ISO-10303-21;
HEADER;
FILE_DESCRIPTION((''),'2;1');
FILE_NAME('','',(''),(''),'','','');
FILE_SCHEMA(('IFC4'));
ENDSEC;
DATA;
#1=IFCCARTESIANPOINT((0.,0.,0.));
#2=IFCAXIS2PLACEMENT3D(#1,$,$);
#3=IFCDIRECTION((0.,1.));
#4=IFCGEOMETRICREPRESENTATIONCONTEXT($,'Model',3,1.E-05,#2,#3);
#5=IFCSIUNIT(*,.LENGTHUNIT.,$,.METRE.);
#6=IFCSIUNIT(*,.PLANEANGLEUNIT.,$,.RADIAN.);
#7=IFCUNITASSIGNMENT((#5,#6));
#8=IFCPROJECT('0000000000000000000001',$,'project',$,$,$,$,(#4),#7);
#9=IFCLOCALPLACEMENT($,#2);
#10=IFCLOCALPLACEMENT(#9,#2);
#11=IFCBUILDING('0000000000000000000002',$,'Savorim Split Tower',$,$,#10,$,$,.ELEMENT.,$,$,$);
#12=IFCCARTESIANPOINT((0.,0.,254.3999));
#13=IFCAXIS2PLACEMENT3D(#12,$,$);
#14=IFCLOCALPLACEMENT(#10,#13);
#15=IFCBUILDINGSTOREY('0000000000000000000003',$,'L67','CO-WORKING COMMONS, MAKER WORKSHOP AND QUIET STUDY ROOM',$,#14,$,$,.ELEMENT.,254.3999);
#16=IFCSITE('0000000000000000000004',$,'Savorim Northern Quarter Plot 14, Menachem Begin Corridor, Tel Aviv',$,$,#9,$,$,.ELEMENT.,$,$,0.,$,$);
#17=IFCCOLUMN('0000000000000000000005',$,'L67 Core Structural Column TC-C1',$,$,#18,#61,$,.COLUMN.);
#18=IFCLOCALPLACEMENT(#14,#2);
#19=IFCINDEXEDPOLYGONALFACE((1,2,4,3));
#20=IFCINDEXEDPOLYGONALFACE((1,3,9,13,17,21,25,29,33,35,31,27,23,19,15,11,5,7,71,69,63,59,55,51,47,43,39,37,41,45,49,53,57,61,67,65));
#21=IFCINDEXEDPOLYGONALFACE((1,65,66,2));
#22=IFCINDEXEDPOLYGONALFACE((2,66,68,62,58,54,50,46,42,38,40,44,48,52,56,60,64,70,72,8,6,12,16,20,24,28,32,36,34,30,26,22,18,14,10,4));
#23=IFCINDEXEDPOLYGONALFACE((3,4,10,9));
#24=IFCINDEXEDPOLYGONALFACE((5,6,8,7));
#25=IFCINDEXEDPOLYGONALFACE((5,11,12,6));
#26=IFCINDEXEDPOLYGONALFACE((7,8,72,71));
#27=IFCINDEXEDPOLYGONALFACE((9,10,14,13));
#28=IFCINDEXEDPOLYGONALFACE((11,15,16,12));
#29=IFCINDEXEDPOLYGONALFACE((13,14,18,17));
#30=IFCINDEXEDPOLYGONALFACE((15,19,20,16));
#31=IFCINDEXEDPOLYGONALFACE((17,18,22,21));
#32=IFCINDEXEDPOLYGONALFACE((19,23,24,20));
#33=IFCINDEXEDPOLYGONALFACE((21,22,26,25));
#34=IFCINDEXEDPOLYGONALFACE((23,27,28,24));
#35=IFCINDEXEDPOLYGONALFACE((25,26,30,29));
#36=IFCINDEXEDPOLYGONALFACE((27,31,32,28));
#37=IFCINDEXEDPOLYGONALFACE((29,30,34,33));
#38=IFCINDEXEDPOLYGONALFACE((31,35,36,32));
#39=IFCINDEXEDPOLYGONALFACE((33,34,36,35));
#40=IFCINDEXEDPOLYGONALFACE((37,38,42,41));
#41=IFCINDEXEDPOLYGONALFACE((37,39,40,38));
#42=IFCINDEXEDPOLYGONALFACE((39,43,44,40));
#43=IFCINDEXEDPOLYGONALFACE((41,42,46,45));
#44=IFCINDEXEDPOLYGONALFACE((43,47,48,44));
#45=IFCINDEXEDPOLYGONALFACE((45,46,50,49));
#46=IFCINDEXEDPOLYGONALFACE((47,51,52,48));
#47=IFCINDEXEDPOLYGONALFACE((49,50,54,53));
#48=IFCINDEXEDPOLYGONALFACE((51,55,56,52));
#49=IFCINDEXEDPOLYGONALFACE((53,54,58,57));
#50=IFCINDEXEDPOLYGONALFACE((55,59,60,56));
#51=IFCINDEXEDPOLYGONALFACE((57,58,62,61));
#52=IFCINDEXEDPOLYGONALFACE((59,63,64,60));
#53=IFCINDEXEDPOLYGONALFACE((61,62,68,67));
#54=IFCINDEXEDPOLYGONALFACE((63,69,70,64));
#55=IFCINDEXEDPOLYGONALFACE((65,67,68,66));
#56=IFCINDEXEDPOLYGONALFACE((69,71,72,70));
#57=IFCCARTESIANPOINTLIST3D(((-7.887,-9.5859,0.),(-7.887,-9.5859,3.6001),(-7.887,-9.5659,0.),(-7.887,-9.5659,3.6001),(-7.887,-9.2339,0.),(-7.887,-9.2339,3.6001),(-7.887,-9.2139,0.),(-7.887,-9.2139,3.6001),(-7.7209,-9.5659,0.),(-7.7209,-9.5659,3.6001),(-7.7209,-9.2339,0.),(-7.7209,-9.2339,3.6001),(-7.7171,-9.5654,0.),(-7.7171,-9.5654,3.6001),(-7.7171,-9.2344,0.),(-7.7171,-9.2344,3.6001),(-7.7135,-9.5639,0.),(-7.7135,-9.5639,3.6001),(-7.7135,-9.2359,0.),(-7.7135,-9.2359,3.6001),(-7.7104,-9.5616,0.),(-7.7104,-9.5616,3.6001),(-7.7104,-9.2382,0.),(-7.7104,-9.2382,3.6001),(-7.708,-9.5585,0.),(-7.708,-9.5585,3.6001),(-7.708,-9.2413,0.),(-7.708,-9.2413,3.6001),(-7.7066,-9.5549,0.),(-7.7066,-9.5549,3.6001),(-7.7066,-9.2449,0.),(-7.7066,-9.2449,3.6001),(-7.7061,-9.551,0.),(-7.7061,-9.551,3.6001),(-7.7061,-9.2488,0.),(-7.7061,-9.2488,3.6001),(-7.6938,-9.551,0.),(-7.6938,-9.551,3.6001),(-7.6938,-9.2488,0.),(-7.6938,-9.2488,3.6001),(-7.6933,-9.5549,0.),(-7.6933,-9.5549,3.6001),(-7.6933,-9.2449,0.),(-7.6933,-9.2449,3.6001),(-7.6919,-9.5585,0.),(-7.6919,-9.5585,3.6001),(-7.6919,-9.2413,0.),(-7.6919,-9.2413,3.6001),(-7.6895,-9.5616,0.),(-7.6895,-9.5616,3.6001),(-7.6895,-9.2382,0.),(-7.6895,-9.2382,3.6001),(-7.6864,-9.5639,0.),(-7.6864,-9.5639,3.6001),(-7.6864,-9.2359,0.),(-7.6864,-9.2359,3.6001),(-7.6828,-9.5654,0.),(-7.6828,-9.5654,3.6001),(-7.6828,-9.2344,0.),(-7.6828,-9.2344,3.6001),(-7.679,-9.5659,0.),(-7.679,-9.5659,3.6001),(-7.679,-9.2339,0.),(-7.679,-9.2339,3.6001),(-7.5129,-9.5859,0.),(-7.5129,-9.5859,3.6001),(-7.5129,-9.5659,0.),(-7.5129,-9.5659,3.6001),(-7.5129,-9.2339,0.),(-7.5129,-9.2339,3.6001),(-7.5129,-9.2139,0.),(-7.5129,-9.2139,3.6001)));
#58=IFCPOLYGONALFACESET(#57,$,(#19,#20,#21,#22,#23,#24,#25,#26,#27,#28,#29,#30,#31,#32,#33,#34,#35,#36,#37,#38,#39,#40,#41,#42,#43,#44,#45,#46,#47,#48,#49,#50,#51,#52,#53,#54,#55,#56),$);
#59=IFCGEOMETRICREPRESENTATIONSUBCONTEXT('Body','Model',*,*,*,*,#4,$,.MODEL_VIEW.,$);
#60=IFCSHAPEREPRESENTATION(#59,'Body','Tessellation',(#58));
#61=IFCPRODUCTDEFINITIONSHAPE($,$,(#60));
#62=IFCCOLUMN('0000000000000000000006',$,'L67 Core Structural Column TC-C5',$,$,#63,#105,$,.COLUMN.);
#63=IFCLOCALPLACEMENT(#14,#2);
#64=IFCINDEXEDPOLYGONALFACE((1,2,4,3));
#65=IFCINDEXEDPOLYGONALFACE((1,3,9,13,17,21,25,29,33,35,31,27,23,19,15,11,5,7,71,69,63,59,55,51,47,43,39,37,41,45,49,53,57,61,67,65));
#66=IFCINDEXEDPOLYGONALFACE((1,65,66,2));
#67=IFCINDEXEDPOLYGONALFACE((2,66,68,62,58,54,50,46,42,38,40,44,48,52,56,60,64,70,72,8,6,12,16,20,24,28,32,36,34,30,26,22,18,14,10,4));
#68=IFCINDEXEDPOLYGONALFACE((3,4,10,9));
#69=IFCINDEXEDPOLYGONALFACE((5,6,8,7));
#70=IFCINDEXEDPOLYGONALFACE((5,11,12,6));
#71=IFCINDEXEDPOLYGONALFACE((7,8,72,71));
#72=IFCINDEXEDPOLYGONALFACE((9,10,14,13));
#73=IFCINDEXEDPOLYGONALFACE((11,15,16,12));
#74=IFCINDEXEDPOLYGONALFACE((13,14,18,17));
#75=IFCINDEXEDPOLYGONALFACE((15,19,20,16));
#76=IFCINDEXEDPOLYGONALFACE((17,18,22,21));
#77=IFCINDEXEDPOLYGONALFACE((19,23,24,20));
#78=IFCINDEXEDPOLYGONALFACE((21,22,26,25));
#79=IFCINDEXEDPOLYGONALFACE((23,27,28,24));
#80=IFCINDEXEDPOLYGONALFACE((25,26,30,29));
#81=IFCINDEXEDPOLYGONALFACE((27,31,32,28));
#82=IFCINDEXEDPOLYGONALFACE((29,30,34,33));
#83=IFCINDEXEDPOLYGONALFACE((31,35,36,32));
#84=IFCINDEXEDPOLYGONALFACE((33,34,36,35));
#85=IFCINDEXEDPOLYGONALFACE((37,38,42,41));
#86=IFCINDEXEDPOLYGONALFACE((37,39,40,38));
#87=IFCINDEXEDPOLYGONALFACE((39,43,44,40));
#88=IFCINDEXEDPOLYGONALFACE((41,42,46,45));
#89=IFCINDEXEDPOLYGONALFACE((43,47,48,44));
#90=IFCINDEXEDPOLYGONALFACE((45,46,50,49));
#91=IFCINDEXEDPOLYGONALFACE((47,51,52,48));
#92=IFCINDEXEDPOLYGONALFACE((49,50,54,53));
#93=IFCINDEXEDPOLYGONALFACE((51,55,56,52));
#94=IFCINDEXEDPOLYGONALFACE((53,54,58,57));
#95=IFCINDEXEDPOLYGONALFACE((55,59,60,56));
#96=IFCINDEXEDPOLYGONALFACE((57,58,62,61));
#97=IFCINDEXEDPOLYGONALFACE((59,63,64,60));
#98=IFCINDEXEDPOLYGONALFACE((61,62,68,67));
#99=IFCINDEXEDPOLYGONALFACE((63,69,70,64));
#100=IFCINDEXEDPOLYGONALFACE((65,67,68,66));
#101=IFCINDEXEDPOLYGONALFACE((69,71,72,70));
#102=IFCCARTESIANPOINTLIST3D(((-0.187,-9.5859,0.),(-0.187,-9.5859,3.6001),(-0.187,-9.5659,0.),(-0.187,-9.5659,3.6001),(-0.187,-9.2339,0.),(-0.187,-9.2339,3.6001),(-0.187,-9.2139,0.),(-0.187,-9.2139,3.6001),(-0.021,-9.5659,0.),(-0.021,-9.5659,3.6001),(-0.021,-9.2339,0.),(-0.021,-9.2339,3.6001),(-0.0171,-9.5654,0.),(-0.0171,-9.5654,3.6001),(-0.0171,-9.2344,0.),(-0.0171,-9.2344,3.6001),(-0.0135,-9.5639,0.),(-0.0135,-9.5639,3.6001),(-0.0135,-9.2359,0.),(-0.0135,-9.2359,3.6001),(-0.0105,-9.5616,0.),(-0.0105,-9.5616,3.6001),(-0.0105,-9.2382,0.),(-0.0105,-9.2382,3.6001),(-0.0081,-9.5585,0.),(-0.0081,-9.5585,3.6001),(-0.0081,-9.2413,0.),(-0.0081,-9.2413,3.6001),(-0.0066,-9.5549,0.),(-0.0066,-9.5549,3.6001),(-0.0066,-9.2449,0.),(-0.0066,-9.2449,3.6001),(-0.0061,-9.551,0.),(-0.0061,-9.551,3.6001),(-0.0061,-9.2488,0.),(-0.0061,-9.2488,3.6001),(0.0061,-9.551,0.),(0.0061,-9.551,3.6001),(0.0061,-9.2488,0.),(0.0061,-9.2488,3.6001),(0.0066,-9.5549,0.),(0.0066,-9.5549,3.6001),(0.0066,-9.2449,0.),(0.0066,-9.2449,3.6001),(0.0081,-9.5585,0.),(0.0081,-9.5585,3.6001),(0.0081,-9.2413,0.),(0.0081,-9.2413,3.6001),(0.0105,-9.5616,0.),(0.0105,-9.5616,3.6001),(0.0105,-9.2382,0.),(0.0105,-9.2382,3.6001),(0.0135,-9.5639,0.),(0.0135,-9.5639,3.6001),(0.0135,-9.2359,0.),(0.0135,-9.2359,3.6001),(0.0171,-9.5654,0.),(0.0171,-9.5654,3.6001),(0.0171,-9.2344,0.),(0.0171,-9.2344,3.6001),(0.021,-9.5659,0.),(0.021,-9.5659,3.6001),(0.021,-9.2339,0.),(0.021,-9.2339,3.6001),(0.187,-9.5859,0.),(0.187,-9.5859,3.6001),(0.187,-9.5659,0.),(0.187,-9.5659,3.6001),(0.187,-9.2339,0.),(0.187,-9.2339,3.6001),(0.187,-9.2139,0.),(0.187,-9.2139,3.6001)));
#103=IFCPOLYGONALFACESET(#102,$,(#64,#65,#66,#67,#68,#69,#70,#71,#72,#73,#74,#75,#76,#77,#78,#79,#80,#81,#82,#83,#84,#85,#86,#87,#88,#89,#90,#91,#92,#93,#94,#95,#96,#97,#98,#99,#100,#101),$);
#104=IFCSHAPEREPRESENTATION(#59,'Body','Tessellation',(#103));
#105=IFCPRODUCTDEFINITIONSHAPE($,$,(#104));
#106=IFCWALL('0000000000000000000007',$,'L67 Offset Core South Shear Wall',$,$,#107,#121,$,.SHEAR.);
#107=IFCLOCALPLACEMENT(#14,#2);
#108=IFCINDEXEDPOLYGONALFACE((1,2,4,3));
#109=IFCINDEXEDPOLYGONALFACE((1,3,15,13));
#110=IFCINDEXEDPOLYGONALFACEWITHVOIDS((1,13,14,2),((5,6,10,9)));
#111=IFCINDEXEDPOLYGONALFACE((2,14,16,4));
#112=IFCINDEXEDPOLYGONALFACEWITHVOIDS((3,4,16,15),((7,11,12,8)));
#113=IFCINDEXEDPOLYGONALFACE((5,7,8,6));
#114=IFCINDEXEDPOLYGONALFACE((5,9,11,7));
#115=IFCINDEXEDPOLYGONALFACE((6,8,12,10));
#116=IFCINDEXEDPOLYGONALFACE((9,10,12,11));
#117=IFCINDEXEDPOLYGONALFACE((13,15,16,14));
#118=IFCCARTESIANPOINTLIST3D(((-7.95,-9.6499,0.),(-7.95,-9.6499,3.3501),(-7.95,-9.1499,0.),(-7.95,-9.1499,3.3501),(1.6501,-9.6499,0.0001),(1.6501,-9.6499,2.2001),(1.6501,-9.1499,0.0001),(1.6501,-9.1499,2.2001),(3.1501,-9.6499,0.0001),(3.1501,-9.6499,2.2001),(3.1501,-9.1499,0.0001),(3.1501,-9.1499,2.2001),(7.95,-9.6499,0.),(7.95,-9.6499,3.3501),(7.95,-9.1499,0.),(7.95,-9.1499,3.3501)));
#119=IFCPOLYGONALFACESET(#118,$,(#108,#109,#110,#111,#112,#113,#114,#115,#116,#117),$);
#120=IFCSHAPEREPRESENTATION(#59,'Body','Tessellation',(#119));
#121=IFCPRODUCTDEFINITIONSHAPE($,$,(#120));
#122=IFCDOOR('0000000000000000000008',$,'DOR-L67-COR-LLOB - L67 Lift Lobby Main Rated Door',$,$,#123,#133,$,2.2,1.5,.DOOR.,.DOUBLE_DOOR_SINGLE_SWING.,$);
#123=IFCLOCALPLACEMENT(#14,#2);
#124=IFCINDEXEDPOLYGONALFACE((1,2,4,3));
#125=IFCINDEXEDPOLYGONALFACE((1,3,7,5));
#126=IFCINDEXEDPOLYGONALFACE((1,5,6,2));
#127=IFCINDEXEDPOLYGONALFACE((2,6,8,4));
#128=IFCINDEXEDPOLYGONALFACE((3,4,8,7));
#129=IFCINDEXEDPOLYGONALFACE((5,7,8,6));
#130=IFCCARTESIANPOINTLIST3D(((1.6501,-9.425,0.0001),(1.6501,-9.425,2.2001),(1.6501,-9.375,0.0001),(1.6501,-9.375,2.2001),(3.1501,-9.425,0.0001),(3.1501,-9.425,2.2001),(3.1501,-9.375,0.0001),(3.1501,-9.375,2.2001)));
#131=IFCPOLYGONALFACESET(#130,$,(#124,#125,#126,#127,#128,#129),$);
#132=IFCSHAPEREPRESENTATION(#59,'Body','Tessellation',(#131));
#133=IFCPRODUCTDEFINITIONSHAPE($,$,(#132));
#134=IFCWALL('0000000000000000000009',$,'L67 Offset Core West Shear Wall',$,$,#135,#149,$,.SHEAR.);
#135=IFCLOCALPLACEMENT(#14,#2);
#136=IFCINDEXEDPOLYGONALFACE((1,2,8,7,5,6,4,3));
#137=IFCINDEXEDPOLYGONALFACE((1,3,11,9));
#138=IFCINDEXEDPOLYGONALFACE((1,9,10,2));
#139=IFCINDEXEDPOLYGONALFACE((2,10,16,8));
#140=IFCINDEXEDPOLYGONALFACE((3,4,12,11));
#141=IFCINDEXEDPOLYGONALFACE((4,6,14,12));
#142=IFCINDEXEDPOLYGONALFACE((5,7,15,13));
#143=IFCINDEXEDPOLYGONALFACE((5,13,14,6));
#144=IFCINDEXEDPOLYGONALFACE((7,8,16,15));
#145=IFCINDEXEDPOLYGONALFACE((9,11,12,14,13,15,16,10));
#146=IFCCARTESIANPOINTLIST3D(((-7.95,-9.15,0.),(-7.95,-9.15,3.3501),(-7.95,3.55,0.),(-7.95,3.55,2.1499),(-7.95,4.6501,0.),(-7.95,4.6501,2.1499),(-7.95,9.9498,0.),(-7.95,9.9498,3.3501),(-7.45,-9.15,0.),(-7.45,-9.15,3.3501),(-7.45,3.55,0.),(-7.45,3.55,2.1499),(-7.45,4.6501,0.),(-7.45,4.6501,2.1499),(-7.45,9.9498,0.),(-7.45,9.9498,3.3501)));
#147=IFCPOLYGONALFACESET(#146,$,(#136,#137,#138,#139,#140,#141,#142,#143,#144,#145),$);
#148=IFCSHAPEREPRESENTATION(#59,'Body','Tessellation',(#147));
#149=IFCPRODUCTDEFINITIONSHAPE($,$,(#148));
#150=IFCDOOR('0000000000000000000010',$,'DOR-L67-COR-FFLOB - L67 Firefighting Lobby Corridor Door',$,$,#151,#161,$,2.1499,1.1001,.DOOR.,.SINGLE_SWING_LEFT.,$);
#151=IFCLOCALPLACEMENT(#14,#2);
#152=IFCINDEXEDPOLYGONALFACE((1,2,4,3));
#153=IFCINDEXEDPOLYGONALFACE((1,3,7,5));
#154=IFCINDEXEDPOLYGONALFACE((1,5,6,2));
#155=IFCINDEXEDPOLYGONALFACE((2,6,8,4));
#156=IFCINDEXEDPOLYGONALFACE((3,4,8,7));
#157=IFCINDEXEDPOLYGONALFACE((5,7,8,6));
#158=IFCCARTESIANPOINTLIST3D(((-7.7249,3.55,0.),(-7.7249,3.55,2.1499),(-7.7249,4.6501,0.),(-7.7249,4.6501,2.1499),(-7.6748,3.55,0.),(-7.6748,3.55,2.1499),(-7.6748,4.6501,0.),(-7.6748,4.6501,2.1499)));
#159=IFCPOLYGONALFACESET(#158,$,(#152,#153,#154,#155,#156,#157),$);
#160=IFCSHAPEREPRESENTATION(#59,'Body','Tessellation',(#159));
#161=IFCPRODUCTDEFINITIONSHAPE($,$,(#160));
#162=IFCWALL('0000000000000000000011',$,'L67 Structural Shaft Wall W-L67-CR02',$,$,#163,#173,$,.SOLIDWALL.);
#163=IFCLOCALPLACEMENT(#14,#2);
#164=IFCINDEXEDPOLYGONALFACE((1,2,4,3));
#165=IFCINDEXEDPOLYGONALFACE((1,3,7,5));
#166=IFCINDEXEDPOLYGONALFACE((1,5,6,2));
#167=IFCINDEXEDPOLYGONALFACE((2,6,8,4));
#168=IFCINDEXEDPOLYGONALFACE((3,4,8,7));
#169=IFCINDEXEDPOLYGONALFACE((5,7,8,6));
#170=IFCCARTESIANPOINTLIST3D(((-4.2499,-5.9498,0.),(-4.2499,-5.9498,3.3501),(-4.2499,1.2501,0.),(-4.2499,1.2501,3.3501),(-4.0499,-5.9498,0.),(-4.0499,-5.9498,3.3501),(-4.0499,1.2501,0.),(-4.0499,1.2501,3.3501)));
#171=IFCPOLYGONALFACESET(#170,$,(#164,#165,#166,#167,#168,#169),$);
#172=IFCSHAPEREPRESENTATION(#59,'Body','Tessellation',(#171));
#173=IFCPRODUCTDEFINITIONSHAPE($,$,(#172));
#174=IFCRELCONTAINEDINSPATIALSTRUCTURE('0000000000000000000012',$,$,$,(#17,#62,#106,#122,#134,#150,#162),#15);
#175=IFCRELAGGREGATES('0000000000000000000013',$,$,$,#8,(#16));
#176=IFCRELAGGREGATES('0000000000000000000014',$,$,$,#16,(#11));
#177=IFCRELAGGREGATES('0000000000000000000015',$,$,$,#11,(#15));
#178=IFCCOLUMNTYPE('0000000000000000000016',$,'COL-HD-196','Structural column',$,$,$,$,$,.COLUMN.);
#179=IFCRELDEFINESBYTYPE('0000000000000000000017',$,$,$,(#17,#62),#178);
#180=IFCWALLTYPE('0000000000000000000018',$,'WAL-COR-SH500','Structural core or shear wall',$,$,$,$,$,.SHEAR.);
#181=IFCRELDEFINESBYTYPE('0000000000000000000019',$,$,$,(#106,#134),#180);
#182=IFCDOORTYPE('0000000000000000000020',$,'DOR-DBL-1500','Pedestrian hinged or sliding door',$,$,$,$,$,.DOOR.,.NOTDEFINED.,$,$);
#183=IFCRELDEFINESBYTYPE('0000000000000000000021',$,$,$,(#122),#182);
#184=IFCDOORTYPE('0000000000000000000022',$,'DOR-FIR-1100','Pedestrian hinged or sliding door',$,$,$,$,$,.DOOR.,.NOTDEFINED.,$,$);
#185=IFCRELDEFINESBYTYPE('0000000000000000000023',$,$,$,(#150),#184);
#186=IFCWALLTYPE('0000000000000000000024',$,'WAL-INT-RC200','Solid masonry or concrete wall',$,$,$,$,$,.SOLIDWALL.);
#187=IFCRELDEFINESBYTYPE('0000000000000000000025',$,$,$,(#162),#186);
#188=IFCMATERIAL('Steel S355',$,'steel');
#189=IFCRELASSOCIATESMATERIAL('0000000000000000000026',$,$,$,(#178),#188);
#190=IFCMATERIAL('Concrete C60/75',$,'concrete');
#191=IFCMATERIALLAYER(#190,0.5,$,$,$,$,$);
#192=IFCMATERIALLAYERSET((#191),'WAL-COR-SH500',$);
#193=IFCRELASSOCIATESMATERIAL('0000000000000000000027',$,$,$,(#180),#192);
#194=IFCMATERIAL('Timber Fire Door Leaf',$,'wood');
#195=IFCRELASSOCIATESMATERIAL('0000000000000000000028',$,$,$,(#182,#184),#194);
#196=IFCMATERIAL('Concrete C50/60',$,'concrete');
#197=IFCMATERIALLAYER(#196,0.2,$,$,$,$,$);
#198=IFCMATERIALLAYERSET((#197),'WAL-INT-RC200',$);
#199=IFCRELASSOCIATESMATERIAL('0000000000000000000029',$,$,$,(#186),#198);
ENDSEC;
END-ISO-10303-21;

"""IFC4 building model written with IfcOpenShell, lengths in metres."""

from ifc_helpers import new_model, si_unit, direction, frame, frame_2d, origin, origin_2d, place, context, subcontext, project, spatial, rectangle, i_section, extrude, material, layer, layer_set, material_profile, profile_set, type_object, element, fill, save


model = new_model("IFC4")

# Units and contexts
model_context = context("Model", 3, precision=1e-05, world=origin(), true_north=direction((0.0, 1.0)))
body_context = subcontext(model_context, "Body", "Model", "MODEL_VIEW")
ifc_project = project(units=[si_unit("LENGTHUNIT", "METRE"), si_unit("PLANEANGLEUNIT", "RADIAN")], contexts=[model_context])

# Site, building, storey
site_placement = place(None, origin())
site = spatial("IfcSite", under=ifc_project, at=site_placement, Name="Savorim Northern Quarter Plot 14, Menachem Begin Corridor, Tel Aviv", CompositionType="ELEMENT", RefElevation=0.0)
building_placement = place(site_placement, origin())
building = spatial("IfcBuilding", under=site, at=building_placement, Name="Savorim Split Tower", CompositionType="ELEMENT")
storey_placement = place(building_placement, frame((0.0, 0.0, 254.3999)))
storey = spatial("IfcBuildingStorey", under=building, at=storey_placement, Name="L67", Description="CO-WORKING COMMONS, MAKER WORKSHOP AND QUIET STUDY ROOM", CompositionType="ELEMENT", Elevation=254.3999)

# Columns
ifc_material_1 = material(Name="Steel S355", Category="steel")
ifc_material_profile = material_profile(ifc_material_1, i_section(OverallWidth=0.374, OverallDepth=0.3721, WebThickness=0.0122, FlangeThickness=0.02, FilletRadius=0.0149, at=origin_2d()), Name="HD 360x196")
ifc_profile_set = profile_set([ifc_material_profile], Name="Steel S355")
column_type = type_object("IfcColumnType", Name="COL-HD-196", Description="Structural column", PredefinedType="COLUMN", material=ifc_profile_set)
for number, where, z_axis, x_axis, name in (
    (1, (-7.7, -9.3999, 0.0), (0.0, 0.0, 1.0), (1.0, 0.0, 0.0), "L67 Core Structural Column TC-C1"),
    (2, (0.0, -9.3999, 0.0), (0.0, 0.0, 1.0), (1.0, 0.0, 0.0), "L67 Core Structural Column TC-C5"),
):
    element("IfcColumn", number, at=place(storey_placement, frame(where, z_axis=z_axis, x_axis=x_axis)), inside=storey, type_object=column_type, Name=name, PredefinedType="COLUMN", context=body_context, shape_type="SweptSolid", body=[
        extrude(i_section(OverallWidth=0.374, OverallDepth=0.3721, WebThickness=0.0122, FlangeThickness=0.02, FilletRadius=0.0149, at=origin_2d()), origin(), (0.0, 0.0, 1.0), 3.6001),
    ])

# Walls, openings, doors
ifc_material_2 = material(Name="Concrete C60/75", Category="concrete")
ifc_layer_1 = layer(ifc_material_2, 0.5)
ifc_layer_set_1 = layer_set([ifc_layer_1], Name="WAL-COR-SH500")
wall_type_1 = type_object("IfcWallType", Name="WAL-COR-SH500", Description="Structural core or shear wall", PredefinedType="SHEAR", material=ifc_layer_set_1)
wall_1_placement = place(storey_placement, frame((-7.95, -9.3999, 0.0), z_axis=(0.0, 0.0, 1.0), x_axis=(1.0, 0.0, 0.0)))
wall_1 = element("IfcWall", 3, at=wall_1_placement, inside=storey, type_object=wall_type_1, Name="L67 Offset Core South Shear Wall", PredefinedType="SHEAR", context=body_context, shape_type="SweptSolid", body=[
    extrude(rectangle(XDim=15.8999, YDim=0.5, at=frame_2d((7.95, 0.0))), origin(), (0.0, 0.0, 1.0), 3.3501),
])
opening_1_placement = place(wall_1_placement, frame((9.6001, 0.0, 0.0)))
opening_1 = element("IfcOpeningElement", 4, at=opening_1_placement, cuts=wall_1, PredefinedType="OPENING", context=body_context, shape_type="SweptSolid", body=[
    extrude(rectangle(XDim=1.5, YDim=2.2, at=frame_2d((0.75, 1.1001))), frame((0.0, 0.26, 0.0), z_axis=(0.0, -1.0, 0.0), x_axis=(1.0, 0.0, 0.0)), (0.0, 0.0, 1.0), 0.52),
])
ifc_material_3 = material(Name="Timber Fire Door Leaf", Category="wood")
door_type_1 = type_object("IfcDoorType", Name="DOR-DBL-1500", Description="Pedestrian hinged or sliding door", OperationType="NOTDEFINED", PredefinedType="DOOR", material=ifc_material_3)
door_1_placement = place(opening_1_placement, origin())
door_1 = element("IfcDoor", 5, at=door_1_placement, inside=storey, type_object=door_type_1, Name="DOR-L67-COR-LLOB - L67 Lift Lobby Main Rated Door", OperationType="DOUBLE_DOOR_SINGLE_SWING", OverallHeight=2.2, OverallWidth=1.5, PredefinedType="DOOR", context=body_context, shape_type="SweptSolid", body=[
    extrude(rectangle(XDim=1.5, YDim=2.2, at=frame_2d((0.75, 1.1001))), frame((0.0, 0.0249, 0.0), z_axis=(0.0, -1.0, 0.0), x_axis=(1.0, 0.0, 0.0)), (0.0, 0.0, 1.0), 0.05),
])
fill(opening_1, door_1)
wall_2_placement = place(storey_placement, frame((-7.7, -9.1499, 0.0), z_axis=(0.0, 0.0, 1.0), x_axis=(0.0, 1.0, 0.0)))
wall_2 = element("IfcWall", 6, at=wall_2_placement, inside=storey, type_object=wall_type_1, Name="L67 Offset Core West Shear Wall", PredefinedType="SHEAR", context=body_context, shape_type="SweptSolid", body=[
    extrude(rectangle(XDim=19.0999, YDim=0.5, at=frame_2d((9.5498, 0.0))), origin(), (0.0, 0.0, 1.0), 3.3501),
])
opening_2_placement = place(wall_2_placement, frame((12.7, 0.0, 0.0)))
opening_2 = element("IfcOpeningElement", 7, at=opening_2_placement, cuts=wall_2, PredefinedType="OPENING", context=body_context, shape_type="SweptSolid", body=[
    extrude(rectangle(XDim=1.1001, YDim=2.1499, at=frame_2d((0.55, 1.075))), frame((0.0, 0.26, 0.0), z_axis=(0.0, -1.0, 0.0), x_axis=(1.0, 0.0, 0.0)), (0.0, 0.0, 1.0), 0.52),
])
door_type_2 = type_object("IfcDoorType", Name="DOR-FIR-1100", Description="Pedestrian hinged or sliding door", OperationType="NOTDEFINED", PredefinedType="DOOR", material=ifc_material_3)
door_2_placement = place(opening_2_placement, origin())
door_2 = element("IfcDoor", 8, at=door_2_placement, inside=storey, type_object=door_type_2, Name="DOR-L67-COR-FFLOB - L67 Firefighting Lobby Corridor Door", OperationType="SINGLE_SWING_LEFT", OverallHeight=2.1499, OverallWidth=1.1001, PredefinedType="DOOR", context=body_context, shape_type="SweptSolid", body=[
    extrude(rectangle(XDim=1.1001, YDim=2.1499, at=frame_2d((0.55, 1.075))), frame((0.0, 0.0249, 0.0), z_axis=(0.0, -1.0, 0.0), x_axis=(1.0, 0.0, 0.0)), (0.0, 0.0, 1.0), 0.05),
])
fill(opening_2, door_2)

# Wall
ifc_material_4 = material(Name="Concrete C50/60", Category="concrete")
ifc_layer_2 = layer(ifc_material_4, 0.2)
ifc_layer_set_2 = layer_set([ifc_layer_2], Name="WAL-INT-RC200")
wall_type_2 = type_object("IfcWallType", Name="WAL-INT-RC200", Description="Solid masonry or concrete wall", PredefinedType="SOLIDWALL", material=ifc_layer_set_2)
wall_3_placement = place(storey_placement, frame((-4.1499, -5.95, 0.0), z_axis=(0.0, 0.0, 1.0), x_axis=(0.0, 1.0, 0.0)))
element("IfcWall", 9, at=wall_3_placement, inside=storey, type_object=wall_type_2, Name="L67 Structural Shaft Wall W-L67-CR02", PredefinedType="SOLIDWALL", context=body_context, shape_type="SweptSolid", body=[
    extrude(rectangle(XDim=7.2, YDim=0.2, at=frame_2d((3.6001, 0.0))), origin(), (0.0, 0.0, 1.0), 3.3501),
])

save(model, "model.ifc")
